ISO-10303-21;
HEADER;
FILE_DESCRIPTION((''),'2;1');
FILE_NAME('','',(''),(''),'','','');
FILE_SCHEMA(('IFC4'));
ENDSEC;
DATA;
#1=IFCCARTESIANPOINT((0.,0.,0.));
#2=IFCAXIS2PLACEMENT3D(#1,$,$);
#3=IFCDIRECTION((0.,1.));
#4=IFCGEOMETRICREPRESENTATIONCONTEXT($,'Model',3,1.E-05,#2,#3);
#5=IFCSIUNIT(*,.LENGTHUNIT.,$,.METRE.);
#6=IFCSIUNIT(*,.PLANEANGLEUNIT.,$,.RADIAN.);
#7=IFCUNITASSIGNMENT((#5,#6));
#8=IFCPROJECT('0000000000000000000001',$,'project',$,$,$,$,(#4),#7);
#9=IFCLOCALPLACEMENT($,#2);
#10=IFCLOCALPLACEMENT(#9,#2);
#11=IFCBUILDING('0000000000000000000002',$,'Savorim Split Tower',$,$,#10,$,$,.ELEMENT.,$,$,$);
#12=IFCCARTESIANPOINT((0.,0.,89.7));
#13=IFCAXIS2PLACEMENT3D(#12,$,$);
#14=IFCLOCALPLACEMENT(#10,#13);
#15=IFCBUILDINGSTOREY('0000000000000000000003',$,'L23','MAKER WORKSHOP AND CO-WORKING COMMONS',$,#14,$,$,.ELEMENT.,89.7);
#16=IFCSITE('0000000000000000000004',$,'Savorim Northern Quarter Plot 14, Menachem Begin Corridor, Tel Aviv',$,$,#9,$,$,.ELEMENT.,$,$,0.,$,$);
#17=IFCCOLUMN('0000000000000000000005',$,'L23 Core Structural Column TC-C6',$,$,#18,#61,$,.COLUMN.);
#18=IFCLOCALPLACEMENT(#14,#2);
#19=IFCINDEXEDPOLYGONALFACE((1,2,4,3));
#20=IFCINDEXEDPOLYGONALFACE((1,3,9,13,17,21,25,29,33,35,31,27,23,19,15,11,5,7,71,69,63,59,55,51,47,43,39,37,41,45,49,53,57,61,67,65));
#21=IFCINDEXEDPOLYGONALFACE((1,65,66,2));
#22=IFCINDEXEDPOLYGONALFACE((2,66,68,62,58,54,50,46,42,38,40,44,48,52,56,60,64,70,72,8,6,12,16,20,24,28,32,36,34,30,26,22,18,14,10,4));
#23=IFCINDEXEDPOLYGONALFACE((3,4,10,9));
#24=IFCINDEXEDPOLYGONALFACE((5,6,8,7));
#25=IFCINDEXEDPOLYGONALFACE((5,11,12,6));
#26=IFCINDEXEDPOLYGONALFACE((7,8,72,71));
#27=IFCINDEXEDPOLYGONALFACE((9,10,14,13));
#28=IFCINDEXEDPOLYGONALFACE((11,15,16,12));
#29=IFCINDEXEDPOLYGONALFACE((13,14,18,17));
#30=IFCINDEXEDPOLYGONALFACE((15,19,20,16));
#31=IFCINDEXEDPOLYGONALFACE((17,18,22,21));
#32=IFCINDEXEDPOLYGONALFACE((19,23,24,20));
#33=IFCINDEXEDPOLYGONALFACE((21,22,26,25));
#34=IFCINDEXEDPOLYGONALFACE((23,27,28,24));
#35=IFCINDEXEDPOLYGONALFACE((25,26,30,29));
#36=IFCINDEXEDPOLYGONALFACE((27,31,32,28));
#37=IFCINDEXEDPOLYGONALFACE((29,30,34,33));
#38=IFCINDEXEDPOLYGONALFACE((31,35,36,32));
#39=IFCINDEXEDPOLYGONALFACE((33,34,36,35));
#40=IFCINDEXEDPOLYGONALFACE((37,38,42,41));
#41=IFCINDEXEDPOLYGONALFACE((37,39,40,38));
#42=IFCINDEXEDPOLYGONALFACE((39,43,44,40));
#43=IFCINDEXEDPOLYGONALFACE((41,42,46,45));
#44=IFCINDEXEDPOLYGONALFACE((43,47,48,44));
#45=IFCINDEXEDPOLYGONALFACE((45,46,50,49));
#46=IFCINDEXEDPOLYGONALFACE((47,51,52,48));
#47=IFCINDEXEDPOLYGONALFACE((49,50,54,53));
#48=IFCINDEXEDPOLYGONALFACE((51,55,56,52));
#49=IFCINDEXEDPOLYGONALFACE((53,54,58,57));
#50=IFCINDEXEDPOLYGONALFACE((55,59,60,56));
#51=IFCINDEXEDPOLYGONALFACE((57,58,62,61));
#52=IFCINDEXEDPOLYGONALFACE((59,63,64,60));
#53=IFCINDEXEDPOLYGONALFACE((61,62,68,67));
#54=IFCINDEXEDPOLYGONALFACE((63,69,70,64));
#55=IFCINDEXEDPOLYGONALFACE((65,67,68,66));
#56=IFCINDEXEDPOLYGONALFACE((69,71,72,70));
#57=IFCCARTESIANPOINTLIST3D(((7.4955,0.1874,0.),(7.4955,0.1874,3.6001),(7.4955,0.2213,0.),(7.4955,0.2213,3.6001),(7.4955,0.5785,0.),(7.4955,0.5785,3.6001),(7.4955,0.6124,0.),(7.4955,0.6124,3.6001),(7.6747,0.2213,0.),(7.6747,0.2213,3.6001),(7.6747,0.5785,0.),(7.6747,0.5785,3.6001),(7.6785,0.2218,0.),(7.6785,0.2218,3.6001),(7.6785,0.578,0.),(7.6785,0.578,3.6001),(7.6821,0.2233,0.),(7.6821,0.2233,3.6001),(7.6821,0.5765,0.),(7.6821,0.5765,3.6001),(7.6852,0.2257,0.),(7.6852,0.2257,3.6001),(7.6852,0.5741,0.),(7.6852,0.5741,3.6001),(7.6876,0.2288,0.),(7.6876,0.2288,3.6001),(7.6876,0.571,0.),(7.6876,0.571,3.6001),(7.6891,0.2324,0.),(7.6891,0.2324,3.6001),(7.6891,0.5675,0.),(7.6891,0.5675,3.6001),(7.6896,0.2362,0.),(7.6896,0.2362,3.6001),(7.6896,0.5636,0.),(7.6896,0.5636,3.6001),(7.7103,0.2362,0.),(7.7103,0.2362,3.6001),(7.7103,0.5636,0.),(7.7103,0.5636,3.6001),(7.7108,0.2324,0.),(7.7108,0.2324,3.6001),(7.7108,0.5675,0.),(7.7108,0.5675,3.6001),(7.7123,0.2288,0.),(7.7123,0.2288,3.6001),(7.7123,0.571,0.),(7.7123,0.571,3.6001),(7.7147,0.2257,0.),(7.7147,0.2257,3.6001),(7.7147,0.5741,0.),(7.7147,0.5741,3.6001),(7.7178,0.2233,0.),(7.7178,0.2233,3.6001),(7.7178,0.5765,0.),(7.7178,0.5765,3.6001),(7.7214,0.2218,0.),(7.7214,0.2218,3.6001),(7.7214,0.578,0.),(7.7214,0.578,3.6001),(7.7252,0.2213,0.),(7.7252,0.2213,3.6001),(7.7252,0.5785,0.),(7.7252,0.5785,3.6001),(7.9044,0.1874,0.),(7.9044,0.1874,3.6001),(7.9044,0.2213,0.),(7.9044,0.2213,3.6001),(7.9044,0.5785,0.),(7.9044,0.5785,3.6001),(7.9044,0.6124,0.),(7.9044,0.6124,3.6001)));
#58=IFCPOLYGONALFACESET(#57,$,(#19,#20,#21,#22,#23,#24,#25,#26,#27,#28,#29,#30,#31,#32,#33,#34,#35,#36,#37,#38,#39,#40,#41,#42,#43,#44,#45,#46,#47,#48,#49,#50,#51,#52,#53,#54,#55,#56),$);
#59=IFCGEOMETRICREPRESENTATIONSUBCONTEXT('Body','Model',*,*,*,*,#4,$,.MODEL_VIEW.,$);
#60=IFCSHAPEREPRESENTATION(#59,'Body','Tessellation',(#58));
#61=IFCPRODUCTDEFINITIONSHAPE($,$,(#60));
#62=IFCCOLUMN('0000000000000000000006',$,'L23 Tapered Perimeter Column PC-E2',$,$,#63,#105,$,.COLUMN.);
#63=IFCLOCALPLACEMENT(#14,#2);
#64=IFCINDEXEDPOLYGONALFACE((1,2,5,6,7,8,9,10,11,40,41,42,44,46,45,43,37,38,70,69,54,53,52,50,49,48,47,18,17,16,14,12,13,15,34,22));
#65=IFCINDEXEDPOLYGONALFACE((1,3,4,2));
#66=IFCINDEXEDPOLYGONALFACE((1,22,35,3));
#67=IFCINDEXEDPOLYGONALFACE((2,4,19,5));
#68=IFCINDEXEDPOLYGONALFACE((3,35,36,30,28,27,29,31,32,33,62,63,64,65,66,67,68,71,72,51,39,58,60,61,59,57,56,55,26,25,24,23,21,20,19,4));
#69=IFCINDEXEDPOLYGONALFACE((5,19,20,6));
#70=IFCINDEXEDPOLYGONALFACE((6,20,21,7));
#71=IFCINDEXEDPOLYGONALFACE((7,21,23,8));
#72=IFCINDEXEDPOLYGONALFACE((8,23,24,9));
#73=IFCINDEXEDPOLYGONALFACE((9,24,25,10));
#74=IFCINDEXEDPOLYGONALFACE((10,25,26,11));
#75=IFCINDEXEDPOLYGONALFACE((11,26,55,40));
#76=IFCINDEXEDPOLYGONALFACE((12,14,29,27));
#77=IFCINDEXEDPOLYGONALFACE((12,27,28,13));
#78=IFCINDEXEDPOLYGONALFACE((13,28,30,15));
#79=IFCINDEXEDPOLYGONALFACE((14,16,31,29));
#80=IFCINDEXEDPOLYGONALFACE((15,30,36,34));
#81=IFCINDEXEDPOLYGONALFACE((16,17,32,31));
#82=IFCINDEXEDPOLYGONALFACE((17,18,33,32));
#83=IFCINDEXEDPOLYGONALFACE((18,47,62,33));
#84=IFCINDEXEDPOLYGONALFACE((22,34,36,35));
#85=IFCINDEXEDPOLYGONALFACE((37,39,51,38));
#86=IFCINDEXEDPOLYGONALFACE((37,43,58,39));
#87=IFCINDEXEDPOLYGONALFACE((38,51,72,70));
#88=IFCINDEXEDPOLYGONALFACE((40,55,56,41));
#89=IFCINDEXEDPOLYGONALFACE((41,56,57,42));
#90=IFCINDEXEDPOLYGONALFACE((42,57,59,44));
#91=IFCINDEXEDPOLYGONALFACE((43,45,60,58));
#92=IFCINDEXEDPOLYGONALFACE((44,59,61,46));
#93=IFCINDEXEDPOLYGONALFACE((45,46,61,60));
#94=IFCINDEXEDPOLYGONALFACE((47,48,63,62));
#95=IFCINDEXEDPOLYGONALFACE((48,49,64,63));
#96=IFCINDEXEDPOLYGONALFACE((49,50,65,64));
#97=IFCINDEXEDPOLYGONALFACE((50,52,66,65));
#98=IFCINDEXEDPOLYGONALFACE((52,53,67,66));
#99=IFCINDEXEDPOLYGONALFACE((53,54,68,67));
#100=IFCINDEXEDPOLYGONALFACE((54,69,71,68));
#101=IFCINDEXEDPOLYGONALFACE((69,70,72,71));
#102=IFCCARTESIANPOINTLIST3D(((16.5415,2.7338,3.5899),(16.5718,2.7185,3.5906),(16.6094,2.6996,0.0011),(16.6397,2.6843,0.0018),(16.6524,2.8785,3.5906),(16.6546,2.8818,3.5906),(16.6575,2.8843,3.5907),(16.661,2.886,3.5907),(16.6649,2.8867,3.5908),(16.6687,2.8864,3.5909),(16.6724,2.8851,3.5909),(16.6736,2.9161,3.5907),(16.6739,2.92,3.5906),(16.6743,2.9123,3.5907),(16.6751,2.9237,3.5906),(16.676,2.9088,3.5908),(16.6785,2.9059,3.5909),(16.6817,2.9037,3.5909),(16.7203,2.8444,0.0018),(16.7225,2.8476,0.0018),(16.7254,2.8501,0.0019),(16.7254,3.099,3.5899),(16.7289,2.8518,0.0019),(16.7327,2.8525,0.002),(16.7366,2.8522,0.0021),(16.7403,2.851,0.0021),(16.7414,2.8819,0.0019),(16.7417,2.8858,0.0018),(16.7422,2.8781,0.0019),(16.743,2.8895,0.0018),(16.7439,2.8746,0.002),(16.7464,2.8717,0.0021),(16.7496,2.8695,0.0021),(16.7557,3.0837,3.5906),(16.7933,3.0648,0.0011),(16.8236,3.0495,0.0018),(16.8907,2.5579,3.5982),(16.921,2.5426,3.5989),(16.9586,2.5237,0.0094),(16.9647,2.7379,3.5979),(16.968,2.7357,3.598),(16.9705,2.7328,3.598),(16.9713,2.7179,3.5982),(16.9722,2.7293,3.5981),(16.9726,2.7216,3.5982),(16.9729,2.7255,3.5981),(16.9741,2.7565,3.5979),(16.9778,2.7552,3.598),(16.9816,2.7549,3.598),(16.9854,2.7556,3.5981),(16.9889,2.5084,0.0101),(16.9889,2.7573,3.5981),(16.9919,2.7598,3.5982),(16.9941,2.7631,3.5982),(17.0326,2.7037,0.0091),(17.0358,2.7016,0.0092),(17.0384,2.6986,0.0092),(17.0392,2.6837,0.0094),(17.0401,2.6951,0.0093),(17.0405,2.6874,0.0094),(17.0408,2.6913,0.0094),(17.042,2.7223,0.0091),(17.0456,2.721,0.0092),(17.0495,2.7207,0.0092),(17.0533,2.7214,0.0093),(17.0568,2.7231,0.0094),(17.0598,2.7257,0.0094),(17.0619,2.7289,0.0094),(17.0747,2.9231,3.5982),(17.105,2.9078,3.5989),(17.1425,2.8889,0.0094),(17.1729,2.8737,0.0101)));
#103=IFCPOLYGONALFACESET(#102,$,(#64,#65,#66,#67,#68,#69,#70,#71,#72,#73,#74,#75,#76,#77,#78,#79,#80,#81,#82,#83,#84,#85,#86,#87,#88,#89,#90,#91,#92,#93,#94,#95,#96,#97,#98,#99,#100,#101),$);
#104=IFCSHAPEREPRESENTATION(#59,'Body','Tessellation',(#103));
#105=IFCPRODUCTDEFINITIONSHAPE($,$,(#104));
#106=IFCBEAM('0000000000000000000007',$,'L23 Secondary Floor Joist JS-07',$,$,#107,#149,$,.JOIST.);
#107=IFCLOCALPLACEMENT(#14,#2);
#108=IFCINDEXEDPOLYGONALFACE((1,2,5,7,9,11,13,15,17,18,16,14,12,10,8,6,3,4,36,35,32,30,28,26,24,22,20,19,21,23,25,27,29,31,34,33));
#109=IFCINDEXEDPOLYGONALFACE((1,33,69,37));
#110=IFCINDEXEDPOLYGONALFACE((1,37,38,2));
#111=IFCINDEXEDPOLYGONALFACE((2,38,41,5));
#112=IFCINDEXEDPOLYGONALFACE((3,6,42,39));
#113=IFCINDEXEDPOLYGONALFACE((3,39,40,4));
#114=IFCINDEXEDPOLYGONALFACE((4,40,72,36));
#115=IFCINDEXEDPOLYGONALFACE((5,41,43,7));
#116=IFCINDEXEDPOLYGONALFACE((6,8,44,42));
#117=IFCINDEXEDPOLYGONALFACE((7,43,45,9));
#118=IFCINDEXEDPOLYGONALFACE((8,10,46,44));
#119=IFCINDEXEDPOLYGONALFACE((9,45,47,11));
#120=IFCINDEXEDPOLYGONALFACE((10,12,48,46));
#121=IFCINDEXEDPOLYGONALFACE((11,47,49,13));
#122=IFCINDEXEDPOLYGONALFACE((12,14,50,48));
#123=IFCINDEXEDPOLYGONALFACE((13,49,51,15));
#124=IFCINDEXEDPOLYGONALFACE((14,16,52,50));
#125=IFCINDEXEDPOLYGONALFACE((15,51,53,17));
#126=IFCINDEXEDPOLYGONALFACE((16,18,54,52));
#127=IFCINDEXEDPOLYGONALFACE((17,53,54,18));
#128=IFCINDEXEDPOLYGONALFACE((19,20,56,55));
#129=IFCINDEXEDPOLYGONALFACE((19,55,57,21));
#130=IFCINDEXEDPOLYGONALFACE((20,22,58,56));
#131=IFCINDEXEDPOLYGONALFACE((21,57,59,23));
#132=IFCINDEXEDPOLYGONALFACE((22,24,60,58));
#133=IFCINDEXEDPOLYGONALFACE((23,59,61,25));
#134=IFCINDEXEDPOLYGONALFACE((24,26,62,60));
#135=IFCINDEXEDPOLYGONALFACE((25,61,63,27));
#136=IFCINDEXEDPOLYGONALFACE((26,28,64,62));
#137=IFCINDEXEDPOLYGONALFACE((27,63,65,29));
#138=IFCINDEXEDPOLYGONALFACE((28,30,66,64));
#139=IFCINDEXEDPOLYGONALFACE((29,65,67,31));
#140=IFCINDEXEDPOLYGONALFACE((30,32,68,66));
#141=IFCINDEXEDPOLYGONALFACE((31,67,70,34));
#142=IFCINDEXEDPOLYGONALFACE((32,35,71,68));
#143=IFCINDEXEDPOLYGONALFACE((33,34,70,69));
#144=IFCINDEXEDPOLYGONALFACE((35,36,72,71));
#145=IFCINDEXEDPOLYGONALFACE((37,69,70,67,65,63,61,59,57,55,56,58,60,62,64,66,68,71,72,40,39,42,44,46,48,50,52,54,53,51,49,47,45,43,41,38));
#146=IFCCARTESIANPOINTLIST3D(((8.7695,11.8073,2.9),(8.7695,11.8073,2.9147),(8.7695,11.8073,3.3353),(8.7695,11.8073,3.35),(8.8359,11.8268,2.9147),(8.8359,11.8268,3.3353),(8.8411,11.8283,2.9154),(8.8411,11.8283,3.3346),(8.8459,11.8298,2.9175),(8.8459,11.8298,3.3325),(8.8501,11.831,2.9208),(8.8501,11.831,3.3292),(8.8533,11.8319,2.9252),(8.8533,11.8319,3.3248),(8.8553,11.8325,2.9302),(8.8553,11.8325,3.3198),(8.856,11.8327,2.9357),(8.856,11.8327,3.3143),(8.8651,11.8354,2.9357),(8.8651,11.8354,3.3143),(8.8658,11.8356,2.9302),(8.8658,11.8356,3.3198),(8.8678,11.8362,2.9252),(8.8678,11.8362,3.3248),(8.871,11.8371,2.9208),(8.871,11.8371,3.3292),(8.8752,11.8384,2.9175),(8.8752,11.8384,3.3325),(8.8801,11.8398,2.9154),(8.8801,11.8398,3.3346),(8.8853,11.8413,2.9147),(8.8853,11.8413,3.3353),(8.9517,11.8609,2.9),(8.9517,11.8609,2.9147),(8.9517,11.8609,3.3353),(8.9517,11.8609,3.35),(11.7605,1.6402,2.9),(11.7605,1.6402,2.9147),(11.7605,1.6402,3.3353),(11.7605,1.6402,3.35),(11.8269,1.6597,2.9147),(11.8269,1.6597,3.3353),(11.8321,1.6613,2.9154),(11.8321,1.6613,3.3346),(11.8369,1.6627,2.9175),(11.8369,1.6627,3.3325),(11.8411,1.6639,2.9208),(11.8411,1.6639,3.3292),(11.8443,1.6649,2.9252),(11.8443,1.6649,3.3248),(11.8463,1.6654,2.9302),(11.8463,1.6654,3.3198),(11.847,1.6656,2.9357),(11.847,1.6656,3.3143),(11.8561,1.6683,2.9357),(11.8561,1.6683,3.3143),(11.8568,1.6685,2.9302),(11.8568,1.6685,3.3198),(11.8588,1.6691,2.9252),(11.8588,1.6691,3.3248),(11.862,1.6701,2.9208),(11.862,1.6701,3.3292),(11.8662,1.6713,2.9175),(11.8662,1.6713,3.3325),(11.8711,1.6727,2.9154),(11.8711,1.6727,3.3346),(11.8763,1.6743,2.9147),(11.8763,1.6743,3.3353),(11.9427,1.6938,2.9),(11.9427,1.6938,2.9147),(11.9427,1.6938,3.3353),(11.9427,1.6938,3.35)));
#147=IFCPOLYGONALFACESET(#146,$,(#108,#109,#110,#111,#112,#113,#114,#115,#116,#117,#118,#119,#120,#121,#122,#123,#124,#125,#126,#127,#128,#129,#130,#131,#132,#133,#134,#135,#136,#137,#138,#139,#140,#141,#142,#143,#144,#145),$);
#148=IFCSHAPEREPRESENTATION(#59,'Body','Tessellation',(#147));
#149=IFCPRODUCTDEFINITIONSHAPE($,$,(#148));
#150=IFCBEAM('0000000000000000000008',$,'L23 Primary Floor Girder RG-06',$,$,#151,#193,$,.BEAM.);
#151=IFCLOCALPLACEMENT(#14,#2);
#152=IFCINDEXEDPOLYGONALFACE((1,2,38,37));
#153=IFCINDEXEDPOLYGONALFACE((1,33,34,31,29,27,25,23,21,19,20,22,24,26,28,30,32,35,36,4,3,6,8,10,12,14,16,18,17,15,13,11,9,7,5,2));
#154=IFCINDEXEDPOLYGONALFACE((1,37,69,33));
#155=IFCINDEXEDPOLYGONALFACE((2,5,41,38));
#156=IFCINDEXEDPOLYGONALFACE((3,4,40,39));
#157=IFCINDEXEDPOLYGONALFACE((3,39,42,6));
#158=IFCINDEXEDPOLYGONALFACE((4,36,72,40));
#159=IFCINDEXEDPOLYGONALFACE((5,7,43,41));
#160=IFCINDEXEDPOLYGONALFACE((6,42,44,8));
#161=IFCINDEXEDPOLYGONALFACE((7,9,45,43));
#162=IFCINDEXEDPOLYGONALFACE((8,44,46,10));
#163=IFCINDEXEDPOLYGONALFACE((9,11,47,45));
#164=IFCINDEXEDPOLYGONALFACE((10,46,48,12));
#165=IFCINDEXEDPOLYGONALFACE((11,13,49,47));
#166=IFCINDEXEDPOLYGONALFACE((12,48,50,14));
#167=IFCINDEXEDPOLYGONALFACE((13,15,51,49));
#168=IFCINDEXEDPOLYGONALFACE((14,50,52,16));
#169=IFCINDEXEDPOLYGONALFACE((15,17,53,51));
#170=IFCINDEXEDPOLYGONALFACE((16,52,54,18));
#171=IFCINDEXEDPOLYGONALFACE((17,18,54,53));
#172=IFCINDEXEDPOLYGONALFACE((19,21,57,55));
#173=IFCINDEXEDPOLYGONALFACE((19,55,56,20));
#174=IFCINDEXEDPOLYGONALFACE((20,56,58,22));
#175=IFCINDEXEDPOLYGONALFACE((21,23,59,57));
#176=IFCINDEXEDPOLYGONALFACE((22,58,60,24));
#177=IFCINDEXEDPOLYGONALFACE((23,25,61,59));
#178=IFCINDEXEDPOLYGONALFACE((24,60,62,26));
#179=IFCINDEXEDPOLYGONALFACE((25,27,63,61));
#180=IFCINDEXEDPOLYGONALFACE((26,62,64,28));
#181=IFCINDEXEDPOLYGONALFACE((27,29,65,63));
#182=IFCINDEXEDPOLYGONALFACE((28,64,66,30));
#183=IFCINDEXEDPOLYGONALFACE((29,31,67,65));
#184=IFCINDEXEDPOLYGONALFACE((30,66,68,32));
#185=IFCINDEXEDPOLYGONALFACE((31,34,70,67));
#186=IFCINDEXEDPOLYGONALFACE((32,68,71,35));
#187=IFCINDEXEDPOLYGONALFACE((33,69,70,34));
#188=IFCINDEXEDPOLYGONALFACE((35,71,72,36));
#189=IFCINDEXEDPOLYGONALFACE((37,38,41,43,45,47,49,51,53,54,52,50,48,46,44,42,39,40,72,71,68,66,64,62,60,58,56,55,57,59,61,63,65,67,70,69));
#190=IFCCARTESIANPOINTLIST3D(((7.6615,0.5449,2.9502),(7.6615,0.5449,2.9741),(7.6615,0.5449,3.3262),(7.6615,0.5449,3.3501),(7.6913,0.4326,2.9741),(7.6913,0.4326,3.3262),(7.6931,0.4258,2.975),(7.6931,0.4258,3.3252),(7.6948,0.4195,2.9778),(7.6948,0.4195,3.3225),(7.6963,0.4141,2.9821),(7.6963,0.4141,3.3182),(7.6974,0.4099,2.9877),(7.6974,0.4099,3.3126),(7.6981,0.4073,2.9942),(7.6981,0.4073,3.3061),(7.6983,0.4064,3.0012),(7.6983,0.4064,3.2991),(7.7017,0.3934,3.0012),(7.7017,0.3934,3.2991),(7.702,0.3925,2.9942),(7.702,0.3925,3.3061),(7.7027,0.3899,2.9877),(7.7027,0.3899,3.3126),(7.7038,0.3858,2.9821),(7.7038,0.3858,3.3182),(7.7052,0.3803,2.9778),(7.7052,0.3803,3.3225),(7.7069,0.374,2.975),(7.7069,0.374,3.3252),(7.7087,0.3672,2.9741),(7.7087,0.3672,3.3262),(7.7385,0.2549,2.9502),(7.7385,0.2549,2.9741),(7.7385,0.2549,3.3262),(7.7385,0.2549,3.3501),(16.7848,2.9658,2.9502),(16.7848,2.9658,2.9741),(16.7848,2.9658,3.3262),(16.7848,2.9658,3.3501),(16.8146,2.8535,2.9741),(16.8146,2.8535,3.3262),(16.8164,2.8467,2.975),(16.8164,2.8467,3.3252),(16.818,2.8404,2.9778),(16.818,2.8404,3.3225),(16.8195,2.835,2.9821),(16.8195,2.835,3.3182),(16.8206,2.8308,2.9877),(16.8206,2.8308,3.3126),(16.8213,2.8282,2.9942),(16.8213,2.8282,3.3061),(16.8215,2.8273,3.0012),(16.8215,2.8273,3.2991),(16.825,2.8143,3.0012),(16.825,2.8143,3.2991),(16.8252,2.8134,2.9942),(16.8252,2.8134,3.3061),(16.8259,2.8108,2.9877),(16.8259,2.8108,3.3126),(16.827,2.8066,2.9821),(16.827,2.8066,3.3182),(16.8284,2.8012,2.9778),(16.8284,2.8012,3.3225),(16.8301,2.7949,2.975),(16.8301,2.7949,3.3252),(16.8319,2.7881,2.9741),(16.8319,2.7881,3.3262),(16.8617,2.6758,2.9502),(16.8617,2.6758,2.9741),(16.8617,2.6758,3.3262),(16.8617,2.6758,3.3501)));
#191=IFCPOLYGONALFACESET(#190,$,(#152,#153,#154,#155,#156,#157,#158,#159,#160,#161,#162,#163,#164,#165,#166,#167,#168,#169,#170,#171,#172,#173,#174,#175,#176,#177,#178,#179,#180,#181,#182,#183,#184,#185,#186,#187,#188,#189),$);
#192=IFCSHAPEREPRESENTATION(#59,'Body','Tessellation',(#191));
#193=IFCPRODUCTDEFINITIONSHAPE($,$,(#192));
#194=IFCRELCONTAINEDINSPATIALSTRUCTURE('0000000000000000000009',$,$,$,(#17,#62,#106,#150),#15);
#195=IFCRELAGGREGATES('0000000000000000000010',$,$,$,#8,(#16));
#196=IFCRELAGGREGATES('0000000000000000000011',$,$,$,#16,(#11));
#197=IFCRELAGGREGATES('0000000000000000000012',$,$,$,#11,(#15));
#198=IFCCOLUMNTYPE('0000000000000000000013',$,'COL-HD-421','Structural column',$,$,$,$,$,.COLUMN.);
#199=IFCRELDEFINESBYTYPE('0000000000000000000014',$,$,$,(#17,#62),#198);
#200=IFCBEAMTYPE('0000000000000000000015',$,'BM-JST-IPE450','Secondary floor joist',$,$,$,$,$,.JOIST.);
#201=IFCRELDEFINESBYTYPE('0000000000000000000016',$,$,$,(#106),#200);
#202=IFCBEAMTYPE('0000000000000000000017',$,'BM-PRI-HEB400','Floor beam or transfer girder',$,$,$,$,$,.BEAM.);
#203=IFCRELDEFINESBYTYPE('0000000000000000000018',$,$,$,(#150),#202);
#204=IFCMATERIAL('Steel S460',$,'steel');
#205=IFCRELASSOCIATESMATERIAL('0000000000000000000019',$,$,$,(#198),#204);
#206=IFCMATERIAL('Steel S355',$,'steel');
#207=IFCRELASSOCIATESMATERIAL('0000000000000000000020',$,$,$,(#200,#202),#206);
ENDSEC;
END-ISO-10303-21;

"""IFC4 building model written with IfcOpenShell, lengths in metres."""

from ifc_helpers import new_model, si_unit, direction, frame, origin, origin_2d, place, context, subcontext, project, spatial, i_section, extrude, material, material_profile, profile_set, type_object, element, save


model = new_model("IFC4")

# Units and contexts
model_context = context("Model", 3, precision=1e-05, world=origin(), true_north=direction((0.0, 1.0)))
body_context = subcontext(model_context, "Body", "Model", "MODEL_VIEW")
ifc_project = project(units=[si_unit("LENGTHUNIT", "METRE"), si_unit("PLANEANGLEUNIT", "RADIAN")], contexts=[model_context])

# Site, building, storey
site_placement = place(None, origin())
site = spatial("IfcSite", under=ifc_project, at=site_placement, Name="Savorim Northern Quarter Plot 14, Menachem Begin Corridor, Tel Aviv", CompositionType="ELEMENT", RefElevation=0.0)
building_placement = place(site_placement, origin())
building = spatial("IfcBuilding", under=site, at=building_placement, Name="Savorim Split Tower", CompositionType="ELEMENT")
storey_placement = place(building_placement, frame((0.0, 0.0, 89.7)))
storey = spatial("IfcBuildingStorey", under=building, at=storey_placement, Name="L23", Description="MAKER WORKSHOP AND CO-WORKING COMMONS", CompositionType="ELEMENT", Elevation=89.7)

# Columns
ifc_material_1 = material(Name="Steel S460", Category="steel")
ifc_material_profile_1 = material_profile(ifc_material_1, i_section(OverallWidth=0.4089, OverallDepth=0.425, WebThickness=0.0208, FlangeThickness=0.0339, FilletRadius=0.0149, at=origin_2d()), Name="HD 400x421")
ifc_profile_set_1 = profile_set([ifc_material_profile_1], Name="Steel S460")
column_type = type_object("IfcColumnType", Name="COL-HD-421", Description="Structural column", PredefinedType="COLUMN", material=ifc_profile_set_1)
column_1_placement = place(storey_placement, frame((7.7, 0.3999, 0.0), z_axis=(0.0, 0.0, 1.0), x_axis=(1.0, 0.0, 0.0)))
element("IfcColumn", 1, at=column_1_placement, inside=storey, type_object=column_type, Name="L23 Core Structural Column TC-C6", PredefinedType="COLUMN", context=body_context, shape_type="SweptSolid", body=[
    extrude(i_section(OverallWidth=0.4089, OverallDepth=0.425, WebThickness=0.0208, FlangeThickness=0.0339, FilletRadius=0.0149, at=origin_2d()), origin(), (0.0, 0.0, 1.0), 3.6001),
])
column_2_placement = place(storey_placement, frame((16.8911, 2.7866, 0.0056), z_axis=(-0.018907, 0.009522, 0.999776), x_axis=(-0.449782, -0.893138, 0.0)))
element("IfcColumn", 2, at=column_2_placement, inside=storey, type_object=column_type, Name="L23 Tapered Perimeter Column PC-E2", PredefinedType="COLUMN", context=body_context, shape_type="SweptSolid", body=[
    extrude(i_section(OverallWidth=0.4089, OverallDepth=0.425, WebThickness=0.0208, FlangeThickness=0.0339, FilletRadius=0.0149, at=origin_2d()), origin(), (0.0, 0.0, 1.0), 3.5896),
])

# Beams
ifc_material_2 = material(Name="Steel S355", Category="steel")
ifc_material_profile_2 = material_profile(ifc_material_2, i_section(OverallWidth=0.1899, OverallDepth=0.45, WebThickness=0.0095, FlangeThickness=0.0146, FilletRadius=0.021, at=origin_2d()), Name="IPE 450")
ifc_profile_set_2 = profile_set([ifc_material_profile_2], Name="Steel S355")
beam_type_1 = type_object("IfcBeamType", Name="BM-JST-IPE450", Description="Secondary floor joist", PredefinedType="JOIST", material=ifc_profile_set_2)
beam_1_placement = place(storey_placement, frame((11.8516, 1.667, 3.125), z_axis=(-0.282225, 0.959348, 0.0), x_axis=(-0.959348, -0.282225, 0.0)))
element("IfcBeam", 3, at=beam_1_placement, inside=storey, type_object=beam_type_1, Name="L23 Secondary Floor Joist JS-07", PredefinedType="JOIST", context=body_context, shape_type="SweptSolid", body=[
    extrude(i_section(OverallWidth=0.1899, OverallDepth=0.45, WebThickness=0.0095, FlangeThickness=0.0146, FilletRadius=0.021, at=origin_2d()), origin(), (0.0, 0.0, 1.0), 10.5979),
])
ifc_material_profile_3 = material_profile(ifc_material_2, i_section(OverallWidth=0.3, OverallDepth=0.3999, WebThickness=0.0134, FlangeThickness=0.0239, FilletRadius=0.0271, at=origin_2d()), Name="HEB 400")
ifc_profile_set_3 = profile_set([ifc_material_profile_3], Name="Steel S355")
beam_type_2 = type_object("IfcBeamType", Name="BM-PRI-HEB400", Description="Floor beam or transfer girder", PredefinedType="BEAM", material=ifc_profile_set_3)
beam_2_placement = place(storey_placement, frame((16.8232, 2.8208, 3.1501), z_axis=(-0.96655, -0.256478, 0.0), x_axis=(0.256478, -0.96655, 0.0)))
element("IfcBeam", 4, at=beam_2_placement, inside=storey, type_object=beam_type_2, Name="L23 Primary Floor Girder RG-06", PredefinedType="BEAM", context=body_context, shape_type="SweptSolid", body=[
    extrude(i_section(OverallWidth=0.3, OverallDepth=0.3999, WebThickness=0.0134, FlangeThickness=0.0239, FilletRadius=0.0271, at=origin_2d()), origin(), (0.0, 0.0, 1.0), 9.439),
])

save(model, "model.ifc")
